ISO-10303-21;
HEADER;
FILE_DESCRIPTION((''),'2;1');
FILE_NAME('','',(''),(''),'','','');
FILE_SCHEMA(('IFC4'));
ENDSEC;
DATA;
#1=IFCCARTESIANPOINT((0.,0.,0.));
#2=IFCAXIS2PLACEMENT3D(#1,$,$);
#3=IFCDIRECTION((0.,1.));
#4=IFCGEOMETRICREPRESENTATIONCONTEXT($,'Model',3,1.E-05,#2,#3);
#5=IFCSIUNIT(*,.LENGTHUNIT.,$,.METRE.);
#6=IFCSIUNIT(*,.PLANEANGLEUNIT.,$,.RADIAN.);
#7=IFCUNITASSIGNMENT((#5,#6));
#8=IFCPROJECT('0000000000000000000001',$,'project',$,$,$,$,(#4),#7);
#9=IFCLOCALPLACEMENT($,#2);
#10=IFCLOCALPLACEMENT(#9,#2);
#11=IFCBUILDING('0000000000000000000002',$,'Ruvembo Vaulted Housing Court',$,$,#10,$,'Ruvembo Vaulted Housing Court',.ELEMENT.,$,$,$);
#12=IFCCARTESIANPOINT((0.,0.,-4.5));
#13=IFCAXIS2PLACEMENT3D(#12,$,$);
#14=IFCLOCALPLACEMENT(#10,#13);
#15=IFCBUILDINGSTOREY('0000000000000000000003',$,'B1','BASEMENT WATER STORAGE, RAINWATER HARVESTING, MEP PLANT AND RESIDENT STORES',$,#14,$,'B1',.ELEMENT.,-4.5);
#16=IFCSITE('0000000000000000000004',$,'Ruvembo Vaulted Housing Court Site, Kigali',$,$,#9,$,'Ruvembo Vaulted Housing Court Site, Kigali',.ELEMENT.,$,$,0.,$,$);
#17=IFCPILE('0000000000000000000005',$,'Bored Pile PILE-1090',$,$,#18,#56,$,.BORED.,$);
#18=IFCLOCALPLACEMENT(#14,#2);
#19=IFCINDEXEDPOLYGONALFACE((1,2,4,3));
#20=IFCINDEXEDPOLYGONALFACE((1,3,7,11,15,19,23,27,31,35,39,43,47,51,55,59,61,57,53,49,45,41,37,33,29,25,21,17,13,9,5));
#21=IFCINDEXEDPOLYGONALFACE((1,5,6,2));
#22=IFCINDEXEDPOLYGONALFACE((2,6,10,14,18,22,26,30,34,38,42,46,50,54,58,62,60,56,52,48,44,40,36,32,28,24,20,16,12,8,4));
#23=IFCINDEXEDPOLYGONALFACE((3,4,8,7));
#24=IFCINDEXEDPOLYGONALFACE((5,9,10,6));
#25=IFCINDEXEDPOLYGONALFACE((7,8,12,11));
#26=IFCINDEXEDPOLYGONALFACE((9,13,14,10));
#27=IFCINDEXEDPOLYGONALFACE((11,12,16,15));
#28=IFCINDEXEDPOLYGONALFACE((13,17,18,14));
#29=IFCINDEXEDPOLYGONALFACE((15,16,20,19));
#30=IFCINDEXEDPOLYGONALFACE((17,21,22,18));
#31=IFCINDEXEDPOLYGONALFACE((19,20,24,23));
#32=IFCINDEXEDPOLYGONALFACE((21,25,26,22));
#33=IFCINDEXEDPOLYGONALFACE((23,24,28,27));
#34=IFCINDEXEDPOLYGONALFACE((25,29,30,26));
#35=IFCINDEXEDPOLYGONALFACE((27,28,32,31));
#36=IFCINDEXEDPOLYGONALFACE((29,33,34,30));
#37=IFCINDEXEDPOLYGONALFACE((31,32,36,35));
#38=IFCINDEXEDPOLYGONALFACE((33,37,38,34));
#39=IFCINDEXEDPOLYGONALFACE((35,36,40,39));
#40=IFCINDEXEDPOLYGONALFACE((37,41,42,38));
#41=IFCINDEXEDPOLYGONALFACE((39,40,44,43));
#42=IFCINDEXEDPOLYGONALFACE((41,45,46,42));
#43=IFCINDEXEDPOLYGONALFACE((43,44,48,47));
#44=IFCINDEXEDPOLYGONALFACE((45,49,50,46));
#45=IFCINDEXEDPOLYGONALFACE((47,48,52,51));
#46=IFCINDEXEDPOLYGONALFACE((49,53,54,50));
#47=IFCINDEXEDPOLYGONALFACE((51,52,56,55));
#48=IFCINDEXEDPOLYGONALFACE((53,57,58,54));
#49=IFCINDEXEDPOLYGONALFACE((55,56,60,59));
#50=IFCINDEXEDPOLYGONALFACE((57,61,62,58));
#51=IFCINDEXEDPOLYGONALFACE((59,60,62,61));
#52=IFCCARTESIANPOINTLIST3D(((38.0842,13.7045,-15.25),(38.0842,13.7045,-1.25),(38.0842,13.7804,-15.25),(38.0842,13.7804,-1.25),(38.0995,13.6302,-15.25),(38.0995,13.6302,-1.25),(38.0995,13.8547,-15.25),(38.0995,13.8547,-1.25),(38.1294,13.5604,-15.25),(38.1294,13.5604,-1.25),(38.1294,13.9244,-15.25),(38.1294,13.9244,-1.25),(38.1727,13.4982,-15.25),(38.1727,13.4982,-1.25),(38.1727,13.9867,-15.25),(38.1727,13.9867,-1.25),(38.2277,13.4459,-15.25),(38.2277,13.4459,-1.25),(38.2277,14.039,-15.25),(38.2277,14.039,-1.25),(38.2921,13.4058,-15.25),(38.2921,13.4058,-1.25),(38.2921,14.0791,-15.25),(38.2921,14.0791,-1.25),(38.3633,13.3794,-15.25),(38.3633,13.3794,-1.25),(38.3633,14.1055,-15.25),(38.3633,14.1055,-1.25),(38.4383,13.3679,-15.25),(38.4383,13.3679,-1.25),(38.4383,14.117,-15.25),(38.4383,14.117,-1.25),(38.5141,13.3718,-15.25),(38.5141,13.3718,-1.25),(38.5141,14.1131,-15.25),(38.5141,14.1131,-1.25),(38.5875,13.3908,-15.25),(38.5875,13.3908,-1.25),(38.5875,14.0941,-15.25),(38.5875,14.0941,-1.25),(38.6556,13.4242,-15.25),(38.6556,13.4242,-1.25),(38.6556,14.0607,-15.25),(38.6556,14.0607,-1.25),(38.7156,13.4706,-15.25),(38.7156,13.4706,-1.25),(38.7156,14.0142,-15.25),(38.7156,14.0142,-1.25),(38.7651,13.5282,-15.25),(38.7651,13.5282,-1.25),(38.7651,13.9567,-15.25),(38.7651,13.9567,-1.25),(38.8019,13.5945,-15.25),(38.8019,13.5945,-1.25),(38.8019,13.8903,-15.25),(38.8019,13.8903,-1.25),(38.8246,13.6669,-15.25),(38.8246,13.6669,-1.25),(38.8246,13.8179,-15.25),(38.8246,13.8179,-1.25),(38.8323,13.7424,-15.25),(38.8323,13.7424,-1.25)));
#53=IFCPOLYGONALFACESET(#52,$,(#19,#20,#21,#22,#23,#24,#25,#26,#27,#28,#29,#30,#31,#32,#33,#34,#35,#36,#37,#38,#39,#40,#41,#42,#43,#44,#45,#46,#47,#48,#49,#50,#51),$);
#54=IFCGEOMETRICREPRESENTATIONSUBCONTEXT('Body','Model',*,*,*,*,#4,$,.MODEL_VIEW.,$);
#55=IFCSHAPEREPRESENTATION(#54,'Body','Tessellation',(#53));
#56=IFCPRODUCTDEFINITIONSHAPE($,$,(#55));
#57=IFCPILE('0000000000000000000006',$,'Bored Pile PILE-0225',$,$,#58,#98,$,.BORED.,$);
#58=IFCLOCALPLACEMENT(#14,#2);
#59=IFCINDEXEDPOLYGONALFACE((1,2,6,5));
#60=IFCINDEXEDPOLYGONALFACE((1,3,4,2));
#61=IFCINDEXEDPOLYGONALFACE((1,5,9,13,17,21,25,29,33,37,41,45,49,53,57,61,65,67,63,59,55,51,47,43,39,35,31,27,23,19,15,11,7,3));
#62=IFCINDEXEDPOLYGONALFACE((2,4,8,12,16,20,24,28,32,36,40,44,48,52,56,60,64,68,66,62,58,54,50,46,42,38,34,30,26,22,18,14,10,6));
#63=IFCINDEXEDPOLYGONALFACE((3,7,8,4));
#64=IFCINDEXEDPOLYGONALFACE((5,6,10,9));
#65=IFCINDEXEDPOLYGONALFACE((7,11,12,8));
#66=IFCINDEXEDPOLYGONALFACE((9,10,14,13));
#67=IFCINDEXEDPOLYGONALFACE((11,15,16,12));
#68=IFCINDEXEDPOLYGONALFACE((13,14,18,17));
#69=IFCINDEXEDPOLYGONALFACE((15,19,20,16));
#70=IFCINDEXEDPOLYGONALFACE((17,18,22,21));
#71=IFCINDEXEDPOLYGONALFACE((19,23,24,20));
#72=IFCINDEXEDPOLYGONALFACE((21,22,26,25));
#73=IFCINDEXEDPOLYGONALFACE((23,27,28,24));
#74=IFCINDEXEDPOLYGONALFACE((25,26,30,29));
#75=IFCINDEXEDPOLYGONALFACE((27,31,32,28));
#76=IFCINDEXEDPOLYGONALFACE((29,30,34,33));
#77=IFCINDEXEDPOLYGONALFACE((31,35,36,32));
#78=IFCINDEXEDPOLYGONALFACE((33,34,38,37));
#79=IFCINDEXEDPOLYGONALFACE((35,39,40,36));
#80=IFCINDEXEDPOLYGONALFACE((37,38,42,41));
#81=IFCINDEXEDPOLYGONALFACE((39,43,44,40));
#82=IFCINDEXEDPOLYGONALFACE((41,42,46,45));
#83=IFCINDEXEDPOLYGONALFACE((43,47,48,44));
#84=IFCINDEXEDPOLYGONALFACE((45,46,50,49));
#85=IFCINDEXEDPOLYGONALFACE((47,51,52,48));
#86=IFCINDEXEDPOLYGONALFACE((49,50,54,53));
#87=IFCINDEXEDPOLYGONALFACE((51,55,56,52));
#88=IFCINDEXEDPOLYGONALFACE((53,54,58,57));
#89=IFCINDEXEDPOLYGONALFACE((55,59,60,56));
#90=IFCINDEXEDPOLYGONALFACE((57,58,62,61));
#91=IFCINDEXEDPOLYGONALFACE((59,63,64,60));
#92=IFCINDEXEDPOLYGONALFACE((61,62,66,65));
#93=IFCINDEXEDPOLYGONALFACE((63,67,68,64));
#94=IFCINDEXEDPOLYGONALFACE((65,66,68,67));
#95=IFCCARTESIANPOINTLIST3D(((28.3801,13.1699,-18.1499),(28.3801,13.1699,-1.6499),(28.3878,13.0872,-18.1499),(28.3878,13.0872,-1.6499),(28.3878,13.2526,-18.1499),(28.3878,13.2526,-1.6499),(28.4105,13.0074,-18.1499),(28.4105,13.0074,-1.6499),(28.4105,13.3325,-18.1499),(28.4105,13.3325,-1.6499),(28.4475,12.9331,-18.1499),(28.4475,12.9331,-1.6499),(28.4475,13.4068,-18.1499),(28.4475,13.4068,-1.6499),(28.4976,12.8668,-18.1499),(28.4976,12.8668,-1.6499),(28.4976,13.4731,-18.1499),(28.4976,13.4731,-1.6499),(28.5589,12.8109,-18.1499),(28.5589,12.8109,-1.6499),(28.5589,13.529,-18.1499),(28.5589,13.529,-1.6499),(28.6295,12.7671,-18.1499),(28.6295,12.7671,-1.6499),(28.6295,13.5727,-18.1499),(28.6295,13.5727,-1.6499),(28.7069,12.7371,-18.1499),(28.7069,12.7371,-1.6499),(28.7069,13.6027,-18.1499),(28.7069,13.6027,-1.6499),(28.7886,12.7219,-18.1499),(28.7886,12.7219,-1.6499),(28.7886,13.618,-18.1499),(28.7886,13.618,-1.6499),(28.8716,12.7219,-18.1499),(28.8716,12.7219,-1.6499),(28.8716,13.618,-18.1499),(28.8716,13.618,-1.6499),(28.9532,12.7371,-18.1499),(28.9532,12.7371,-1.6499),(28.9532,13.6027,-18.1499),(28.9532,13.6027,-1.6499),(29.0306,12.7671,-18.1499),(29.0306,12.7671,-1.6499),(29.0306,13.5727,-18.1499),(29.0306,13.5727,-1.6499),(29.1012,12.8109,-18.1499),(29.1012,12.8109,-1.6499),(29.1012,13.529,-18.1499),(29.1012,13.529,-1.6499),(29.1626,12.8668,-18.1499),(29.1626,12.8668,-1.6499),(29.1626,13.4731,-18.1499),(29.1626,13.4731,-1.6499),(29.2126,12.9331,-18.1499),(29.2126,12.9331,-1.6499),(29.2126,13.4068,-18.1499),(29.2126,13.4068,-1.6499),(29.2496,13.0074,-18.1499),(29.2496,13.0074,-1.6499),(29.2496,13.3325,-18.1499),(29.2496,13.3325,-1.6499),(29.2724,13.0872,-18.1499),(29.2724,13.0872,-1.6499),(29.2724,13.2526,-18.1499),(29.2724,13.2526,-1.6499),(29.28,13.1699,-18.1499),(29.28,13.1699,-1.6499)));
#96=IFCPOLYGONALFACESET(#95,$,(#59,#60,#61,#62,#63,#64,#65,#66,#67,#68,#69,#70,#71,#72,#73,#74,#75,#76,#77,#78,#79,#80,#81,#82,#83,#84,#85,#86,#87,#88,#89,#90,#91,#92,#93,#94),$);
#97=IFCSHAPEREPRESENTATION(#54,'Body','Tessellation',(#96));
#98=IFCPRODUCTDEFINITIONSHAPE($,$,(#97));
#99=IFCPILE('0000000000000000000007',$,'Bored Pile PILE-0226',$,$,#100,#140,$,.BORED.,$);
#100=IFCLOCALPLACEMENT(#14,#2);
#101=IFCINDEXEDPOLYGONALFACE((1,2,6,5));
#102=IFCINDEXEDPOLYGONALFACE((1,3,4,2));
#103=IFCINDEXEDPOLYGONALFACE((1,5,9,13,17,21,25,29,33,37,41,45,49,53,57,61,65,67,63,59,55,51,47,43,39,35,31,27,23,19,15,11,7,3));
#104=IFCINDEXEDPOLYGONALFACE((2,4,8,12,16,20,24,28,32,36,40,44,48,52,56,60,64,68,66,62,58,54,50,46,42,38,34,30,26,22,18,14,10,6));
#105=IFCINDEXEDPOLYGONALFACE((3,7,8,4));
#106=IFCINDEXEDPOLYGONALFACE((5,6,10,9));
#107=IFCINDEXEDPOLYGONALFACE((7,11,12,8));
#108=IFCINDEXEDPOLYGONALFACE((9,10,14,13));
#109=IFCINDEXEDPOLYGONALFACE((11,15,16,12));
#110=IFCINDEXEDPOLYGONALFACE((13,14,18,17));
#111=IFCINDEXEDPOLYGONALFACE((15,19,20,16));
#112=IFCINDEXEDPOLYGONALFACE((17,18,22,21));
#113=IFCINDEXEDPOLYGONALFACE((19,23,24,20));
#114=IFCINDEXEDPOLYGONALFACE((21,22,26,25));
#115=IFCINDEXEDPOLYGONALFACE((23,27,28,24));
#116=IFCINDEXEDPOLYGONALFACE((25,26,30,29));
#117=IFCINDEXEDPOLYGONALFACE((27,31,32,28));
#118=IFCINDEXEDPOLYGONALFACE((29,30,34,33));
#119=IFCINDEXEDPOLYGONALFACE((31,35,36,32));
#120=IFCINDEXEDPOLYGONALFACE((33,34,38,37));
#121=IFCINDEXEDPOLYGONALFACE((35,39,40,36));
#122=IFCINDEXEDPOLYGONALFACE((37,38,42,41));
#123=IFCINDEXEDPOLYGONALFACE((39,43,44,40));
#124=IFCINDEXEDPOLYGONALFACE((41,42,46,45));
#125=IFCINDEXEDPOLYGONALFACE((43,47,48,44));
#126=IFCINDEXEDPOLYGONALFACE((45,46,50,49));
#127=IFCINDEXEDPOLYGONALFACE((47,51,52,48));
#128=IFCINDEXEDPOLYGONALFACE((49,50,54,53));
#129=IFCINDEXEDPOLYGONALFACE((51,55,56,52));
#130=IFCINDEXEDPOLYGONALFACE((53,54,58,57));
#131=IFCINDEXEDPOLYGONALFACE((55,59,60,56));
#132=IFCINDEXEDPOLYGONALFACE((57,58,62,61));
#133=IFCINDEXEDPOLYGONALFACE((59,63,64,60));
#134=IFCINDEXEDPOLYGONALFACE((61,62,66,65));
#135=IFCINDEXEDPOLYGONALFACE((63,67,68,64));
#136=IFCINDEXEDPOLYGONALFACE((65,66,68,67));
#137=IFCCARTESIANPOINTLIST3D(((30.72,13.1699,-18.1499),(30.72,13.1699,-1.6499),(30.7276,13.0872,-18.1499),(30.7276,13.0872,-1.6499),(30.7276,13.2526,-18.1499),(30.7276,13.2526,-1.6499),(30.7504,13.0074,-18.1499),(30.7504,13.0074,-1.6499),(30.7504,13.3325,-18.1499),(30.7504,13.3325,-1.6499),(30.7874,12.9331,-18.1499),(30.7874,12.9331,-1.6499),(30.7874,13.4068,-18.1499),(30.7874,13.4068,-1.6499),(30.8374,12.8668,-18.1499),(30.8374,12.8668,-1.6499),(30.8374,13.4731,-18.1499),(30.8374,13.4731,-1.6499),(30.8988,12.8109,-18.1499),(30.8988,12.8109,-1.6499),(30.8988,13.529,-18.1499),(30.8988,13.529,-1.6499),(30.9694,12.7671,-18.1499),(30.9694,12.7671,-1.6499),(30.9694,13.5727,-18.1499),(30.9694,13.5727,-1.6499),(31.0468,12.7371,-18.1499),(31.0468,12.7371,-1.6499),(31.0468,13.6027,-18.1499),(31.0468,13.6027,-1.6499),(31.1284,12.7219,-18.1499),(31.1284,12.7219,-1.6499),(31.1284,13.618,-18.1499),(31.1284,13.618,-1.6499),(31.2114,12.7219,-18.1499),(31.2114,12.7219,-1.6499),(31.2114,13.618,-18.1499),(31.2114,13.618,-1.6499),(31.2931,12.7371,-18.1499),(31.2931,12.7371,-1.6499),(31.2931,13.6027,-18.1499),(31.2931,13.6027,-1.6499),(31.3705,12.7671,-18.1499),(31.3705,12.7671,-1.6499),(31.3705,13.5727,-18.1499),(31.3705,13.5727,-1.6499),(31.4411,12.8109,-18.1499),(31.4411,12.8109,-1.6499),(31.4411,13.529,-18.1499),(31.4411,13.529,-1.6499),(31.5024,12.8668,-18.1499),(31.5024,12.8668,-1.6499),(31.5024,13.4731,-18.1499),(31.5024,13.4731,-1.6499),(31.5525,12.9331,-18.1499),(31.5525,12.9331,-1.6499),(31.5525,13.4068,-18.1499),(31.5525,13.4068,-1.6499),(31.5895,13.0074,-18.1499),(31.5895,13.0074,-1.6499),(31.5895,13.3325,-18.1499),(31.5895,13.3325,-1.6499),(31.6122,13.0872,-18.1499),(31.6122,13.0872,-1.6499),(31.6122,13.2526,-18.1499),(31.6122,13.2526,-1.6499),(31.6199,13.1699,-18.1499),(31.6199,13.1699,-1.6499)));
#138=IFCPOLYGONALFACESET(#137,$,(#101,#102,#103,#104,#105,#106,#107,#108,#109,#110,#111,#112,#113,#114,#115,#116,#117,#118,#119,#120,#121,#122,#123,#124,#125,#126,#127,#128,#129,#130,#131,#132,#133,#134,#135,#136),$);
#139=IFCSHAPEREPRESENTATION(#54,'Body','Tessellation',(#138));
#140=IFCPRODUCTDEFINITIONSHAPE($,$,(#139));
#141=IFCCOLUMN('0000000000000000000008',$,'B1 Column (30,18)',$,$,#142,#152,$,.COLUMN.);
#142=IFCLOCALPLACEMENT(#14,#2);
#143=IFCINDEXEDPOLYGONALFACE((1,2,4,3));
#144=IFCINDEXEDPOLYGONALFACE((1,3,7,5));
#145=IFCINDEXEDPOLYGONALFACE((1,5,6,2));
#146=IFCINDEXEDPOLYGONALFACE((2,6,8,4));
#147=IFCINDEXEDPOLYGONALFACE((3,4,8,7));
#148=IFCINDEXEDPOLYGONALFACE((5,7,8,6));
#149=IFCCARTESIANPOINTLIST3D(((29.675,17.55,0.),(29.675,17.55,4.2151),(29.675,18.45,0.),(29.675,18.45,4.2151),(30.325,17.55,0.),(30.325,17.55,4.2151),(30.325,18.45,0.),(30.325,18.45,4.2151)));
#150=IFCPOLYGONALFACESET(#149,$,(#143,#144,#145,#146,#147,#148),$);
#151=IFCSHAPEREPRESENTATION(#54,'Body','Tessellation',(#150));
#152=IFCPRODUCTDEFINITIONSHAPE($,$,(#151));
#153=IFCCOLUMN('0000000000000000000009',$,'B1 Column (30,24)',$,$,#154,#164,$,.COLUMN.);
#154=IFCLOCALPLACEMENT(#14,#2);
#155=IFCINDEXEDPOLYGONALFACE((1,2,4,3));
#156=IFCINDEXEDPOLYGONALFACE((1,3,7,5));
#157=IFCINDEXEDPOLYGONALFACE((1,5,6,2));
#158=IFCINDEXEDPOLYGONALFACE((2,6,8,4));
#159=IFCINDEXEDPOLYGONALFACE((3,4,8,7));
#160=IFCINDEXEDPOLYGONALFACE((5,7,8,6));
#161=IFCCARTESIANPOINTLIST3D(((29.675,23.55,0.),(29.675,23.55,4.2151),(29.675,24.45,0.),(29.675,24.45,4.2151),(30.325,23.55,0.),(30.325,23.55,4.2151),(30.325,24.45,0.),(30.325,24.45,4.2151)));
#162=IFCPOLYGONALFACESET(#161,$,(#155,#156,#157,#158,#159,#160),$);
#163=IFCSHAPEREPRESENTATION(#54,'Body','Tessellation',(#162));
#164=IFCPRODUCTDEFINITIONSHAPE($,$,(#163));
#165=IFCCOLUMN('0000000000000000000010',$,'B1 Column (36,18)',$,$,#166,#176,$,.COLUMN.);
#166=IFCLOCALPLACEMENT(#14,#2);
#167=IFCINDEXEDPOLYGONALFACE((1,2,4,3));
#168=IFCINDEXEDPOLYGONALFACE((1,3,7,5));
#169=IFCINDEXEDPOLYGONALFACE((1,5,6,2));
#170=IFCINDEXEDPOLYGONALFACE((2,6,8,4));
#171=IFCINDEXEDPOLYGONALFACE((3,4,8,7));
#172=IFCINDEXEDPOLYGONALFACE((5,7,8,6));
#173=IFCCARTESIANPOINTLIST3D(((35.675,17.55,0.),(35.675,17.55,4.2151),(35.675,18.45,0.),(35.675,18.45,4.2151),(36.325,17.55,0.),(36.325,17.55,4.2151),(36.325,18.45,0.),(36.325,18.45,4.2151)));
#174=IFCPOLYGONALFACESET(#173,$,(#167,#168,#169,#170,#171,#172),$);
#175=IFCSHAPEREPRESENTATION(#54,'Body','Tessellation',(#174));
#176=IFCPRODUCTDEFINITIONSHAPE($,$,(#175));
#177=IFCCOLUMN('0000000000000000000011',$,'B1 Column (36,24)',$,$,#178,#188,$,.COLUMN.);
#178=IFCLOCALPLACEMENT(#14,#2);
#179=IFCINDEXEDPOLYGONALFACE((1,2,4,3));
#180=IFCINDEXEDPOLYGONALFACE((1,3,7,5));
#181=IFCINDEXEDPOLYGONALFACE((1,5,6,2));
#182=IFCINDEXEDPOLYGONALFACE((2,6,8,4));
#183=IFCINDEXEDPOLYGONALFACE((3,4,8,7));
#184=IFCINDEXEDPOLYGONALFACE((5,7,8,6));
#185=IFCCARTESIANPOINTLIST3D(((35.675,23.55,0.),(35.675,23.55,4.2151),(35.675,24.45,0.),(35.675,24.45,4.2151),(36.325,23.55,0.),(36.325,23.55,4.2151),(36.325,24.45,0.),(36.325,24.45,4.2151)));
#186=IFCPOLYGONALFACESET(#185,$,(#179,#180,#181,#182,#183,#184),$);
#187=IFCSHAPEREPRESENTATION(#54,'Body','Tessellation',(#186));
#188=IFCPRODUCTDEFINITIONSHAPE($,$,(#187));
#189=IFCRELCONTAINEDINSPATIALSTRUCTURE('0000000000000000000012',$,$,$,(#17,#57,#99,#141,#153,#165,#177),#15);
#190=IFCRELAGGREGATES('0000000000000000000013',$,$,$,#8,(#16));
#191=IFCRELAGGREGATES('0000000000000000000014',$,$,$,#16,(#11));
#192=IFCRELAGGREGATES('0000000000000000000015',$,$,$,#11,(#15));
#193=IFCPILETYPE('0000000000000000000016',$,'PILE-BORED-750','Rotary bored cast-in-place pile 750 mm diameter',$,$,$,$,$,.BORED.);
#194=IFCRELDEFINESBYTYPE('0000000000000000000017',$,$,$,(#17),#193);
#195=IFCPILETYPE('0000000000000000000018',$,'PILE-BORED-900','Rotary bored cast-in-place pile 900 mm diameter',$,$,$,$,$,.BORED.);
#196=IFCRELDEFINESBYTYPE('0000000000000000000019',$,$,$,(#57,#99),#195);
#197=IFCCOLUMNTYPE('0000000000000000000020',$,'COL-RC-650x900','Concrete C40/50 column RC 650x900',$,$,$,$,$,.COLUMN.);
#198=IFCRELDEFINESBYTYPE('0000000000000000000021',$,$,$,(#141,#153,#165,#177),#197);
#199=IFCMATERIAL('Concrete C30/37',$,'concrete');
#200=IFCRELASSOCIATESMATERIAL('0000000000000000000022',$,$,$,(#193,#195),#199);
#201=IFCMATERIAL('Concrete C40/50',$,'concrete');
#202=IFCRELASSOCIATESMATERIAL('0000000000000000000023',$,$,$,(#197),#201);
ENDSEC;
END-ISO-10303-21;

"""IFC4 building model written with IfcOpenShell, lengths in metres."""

from ifc_helpers import new_model, si_unit, direction, frame, origin, origin_2d, place, context, subcontext, project, spatial, rectangle, circle, extrude, material, material_profile, profile_set, type_object, element, save


model = new_model("IFC4")

# Units and contexts
model_context = context("Model", 3, precision=1e-05, world=origin(), true_north=direction((0.0, 1.0)))
body_context = subcontext(model_context, "Body", "Model", "MODEL_VIEW")
ifc_project = project(units=[si_unit("LENGTHUNIT", "METRE"), si_unit("PLANEANGLEUNIT", "RADIAN")], contexts=[model_context])

# Site, building, storey
site_placement = place(None, origin())
site = spatial("IfcSite", under=ifc_project, at=site_placement, Name="Ruvembo Vaulted Housing Court Site, Kigali", LongName="Ruvembo Vaulted Housing Court Site, Kigali", CompositionType="ELEMENT", RefElevation=0.0)
building_placement = place(site_placement, origin())
building = spatial("IfcBuilding", under=site, at=building_placement, Name="Ruvembo Vaulted Housing Court", LongName="Ruvembo Vaulted Housing Court", CompositionType="ELEMENT")
storey_placement = place(building_placement, frame((0.0, 0.0, -4.5)))
storey = spatial("IfcBuildingStorey", under=building, at=storey_placement, Name="B1", Description="BASEMENT WATER STORAGE, RAINWATER HARVESTING, MEP PLANT AND RESIDENT STORES", LongName="B1", CompositionType="ELEMENT", Elevation=-4.5)

# Piles
ifc_material_1 = material(Name="Concrete C30/37", Category="concrete")
ifc_material_profile_1 = material_profile(ifc_material_1, circle(Radius=0.375, at=origin_2d()), Name="PILE D750")
ifc_profile_set_1 = profile_set([ifc_material_profile_1], Name="Concrete C30/37")
pile_type_1 = type_object("IfcPileType", Name="PILE-BORED-750", Description="Rotary bored cast-in-place pile 750 mm diameter", PredefinedType="BORED", material=ifc_profile_set_1)
for number, where, z_axis, x_axis, name in (
    (1, (38.4573, 13.7424, -1.25), (0.0, 0.0, -1.0), (1.0, 0.0, 0.0), "Bored Pile PILE-1090"),
):
    element("IfcPile", number, at=place(storey_placement, frame(where, z_axis=z_axis, x_axis=x_axis)), inside=storey, type_object=pile_type_1, Name=name, PredefinedType="BORED", context=body_context, shape_type="SweptSolid", body=[
        extrude(circle(Radius=0.375, at=origin_2d()), origin(), (0.0, 0.0, 1.0), 14.0),
    ])
ifc_material_profile_2 = material_profile(ifc_material_1, circle(Radius=0.45, at=origin_2d()), Name="PILE D900")
ifc_profile_set_2 = profile_set([ifc_material_profile_2], Name="Concrete C30/37")
pile_type_2 = type_object("IfcPileType", Name="PILE-BORED-900", Description="Rotary bored cast-in-place pile 900 mm diameter", PredefinedType="BORED", material=ifc_profile_set_2)
for number, where, z_axis, x_axis, name in (
    (2, (28.8301, 13.1699, -1.6499), (0.0, 0.0, -1.0), (1.0, 0.0, 0.0), "Bored Pile PILE-0225"),
    (3, (31.1699, 13.1699, -1.6499), (0.0, 0.0, -1.0), (1.0, 0.0, 0.0), "Bored Pile PILE-0226"),
):
    element("IfcPile", number, at=place(storey_placement, frame(where, z_axis=z_axis, x_axis=x_axis)), inside=storey, type_object=pile_type_2, Name=name, PredefinedType="BORED", context=body_context, shape_type="SweptSolid", body=[
        extrude(circle(Radius=0.45, at=origin_2d()), origin(), (0.0, 0.0, 1.0), 16.5),
    ])

# Columns
ifc_material_2 = material(Name="Concrete C40/50", Category="concrete")
ifc_material_profile_3 = material_profile(ifc_material_2, rectangle(XDim=0.6499, YDim=0.8999, at=origin_2d()), Name="RC 650x900")
ifc_profile_set_3 = profile_set([ifc_material_profile_3], Name="Concrete C40/50")
column_type_1 = type_object("IfcColumnType", Name="COL-RC-650x900", Description="Concrete C40/50 column RC 650x900", PredefinedType="COLUMN", material=ifc_profile_set_3)
for number, where, z_axis, x_axis, name in (
    (4, (30.0, 18.0, 0.0), (0.0, 0.0, 1.0), (1.0, 0.0, 0.0), "B1 Column (30,18)"),
    (5, (30.0, 24.0, 0.0), (0.0, 0.0, 1.0), (1.0, 0.0, 0.0), "B1 Column (30,24)"),
    (6, (36.0, 18.0, 0.0), (0.0, 0.0, 1.0), (1.0, 0.0, 0.0), "B1 Column (36,18)"),
    (7, (36.0, 24.0, 0.0), (0.0, 0.0, 1.0), (1.0, 0.0, 0.0), "B1 Column (36,24)"),
):
    element("IfcColumn", number, at=place(storey_placement, frame(where, z_axis=z_axis, x_axis=x_axis)), inside=storey, type_object=column_type_1, Name=name, PredefinedType="COLUMN", context=body_context, shape_type="SweptSolid", body=[
        extrude(rectangle(XDim=0.6499, YDim=0.8999, at=origin_2d()), origin(), (0.0, 0.0, 1.0), 4.2151),
    ])

save(model, "model.ifc")
